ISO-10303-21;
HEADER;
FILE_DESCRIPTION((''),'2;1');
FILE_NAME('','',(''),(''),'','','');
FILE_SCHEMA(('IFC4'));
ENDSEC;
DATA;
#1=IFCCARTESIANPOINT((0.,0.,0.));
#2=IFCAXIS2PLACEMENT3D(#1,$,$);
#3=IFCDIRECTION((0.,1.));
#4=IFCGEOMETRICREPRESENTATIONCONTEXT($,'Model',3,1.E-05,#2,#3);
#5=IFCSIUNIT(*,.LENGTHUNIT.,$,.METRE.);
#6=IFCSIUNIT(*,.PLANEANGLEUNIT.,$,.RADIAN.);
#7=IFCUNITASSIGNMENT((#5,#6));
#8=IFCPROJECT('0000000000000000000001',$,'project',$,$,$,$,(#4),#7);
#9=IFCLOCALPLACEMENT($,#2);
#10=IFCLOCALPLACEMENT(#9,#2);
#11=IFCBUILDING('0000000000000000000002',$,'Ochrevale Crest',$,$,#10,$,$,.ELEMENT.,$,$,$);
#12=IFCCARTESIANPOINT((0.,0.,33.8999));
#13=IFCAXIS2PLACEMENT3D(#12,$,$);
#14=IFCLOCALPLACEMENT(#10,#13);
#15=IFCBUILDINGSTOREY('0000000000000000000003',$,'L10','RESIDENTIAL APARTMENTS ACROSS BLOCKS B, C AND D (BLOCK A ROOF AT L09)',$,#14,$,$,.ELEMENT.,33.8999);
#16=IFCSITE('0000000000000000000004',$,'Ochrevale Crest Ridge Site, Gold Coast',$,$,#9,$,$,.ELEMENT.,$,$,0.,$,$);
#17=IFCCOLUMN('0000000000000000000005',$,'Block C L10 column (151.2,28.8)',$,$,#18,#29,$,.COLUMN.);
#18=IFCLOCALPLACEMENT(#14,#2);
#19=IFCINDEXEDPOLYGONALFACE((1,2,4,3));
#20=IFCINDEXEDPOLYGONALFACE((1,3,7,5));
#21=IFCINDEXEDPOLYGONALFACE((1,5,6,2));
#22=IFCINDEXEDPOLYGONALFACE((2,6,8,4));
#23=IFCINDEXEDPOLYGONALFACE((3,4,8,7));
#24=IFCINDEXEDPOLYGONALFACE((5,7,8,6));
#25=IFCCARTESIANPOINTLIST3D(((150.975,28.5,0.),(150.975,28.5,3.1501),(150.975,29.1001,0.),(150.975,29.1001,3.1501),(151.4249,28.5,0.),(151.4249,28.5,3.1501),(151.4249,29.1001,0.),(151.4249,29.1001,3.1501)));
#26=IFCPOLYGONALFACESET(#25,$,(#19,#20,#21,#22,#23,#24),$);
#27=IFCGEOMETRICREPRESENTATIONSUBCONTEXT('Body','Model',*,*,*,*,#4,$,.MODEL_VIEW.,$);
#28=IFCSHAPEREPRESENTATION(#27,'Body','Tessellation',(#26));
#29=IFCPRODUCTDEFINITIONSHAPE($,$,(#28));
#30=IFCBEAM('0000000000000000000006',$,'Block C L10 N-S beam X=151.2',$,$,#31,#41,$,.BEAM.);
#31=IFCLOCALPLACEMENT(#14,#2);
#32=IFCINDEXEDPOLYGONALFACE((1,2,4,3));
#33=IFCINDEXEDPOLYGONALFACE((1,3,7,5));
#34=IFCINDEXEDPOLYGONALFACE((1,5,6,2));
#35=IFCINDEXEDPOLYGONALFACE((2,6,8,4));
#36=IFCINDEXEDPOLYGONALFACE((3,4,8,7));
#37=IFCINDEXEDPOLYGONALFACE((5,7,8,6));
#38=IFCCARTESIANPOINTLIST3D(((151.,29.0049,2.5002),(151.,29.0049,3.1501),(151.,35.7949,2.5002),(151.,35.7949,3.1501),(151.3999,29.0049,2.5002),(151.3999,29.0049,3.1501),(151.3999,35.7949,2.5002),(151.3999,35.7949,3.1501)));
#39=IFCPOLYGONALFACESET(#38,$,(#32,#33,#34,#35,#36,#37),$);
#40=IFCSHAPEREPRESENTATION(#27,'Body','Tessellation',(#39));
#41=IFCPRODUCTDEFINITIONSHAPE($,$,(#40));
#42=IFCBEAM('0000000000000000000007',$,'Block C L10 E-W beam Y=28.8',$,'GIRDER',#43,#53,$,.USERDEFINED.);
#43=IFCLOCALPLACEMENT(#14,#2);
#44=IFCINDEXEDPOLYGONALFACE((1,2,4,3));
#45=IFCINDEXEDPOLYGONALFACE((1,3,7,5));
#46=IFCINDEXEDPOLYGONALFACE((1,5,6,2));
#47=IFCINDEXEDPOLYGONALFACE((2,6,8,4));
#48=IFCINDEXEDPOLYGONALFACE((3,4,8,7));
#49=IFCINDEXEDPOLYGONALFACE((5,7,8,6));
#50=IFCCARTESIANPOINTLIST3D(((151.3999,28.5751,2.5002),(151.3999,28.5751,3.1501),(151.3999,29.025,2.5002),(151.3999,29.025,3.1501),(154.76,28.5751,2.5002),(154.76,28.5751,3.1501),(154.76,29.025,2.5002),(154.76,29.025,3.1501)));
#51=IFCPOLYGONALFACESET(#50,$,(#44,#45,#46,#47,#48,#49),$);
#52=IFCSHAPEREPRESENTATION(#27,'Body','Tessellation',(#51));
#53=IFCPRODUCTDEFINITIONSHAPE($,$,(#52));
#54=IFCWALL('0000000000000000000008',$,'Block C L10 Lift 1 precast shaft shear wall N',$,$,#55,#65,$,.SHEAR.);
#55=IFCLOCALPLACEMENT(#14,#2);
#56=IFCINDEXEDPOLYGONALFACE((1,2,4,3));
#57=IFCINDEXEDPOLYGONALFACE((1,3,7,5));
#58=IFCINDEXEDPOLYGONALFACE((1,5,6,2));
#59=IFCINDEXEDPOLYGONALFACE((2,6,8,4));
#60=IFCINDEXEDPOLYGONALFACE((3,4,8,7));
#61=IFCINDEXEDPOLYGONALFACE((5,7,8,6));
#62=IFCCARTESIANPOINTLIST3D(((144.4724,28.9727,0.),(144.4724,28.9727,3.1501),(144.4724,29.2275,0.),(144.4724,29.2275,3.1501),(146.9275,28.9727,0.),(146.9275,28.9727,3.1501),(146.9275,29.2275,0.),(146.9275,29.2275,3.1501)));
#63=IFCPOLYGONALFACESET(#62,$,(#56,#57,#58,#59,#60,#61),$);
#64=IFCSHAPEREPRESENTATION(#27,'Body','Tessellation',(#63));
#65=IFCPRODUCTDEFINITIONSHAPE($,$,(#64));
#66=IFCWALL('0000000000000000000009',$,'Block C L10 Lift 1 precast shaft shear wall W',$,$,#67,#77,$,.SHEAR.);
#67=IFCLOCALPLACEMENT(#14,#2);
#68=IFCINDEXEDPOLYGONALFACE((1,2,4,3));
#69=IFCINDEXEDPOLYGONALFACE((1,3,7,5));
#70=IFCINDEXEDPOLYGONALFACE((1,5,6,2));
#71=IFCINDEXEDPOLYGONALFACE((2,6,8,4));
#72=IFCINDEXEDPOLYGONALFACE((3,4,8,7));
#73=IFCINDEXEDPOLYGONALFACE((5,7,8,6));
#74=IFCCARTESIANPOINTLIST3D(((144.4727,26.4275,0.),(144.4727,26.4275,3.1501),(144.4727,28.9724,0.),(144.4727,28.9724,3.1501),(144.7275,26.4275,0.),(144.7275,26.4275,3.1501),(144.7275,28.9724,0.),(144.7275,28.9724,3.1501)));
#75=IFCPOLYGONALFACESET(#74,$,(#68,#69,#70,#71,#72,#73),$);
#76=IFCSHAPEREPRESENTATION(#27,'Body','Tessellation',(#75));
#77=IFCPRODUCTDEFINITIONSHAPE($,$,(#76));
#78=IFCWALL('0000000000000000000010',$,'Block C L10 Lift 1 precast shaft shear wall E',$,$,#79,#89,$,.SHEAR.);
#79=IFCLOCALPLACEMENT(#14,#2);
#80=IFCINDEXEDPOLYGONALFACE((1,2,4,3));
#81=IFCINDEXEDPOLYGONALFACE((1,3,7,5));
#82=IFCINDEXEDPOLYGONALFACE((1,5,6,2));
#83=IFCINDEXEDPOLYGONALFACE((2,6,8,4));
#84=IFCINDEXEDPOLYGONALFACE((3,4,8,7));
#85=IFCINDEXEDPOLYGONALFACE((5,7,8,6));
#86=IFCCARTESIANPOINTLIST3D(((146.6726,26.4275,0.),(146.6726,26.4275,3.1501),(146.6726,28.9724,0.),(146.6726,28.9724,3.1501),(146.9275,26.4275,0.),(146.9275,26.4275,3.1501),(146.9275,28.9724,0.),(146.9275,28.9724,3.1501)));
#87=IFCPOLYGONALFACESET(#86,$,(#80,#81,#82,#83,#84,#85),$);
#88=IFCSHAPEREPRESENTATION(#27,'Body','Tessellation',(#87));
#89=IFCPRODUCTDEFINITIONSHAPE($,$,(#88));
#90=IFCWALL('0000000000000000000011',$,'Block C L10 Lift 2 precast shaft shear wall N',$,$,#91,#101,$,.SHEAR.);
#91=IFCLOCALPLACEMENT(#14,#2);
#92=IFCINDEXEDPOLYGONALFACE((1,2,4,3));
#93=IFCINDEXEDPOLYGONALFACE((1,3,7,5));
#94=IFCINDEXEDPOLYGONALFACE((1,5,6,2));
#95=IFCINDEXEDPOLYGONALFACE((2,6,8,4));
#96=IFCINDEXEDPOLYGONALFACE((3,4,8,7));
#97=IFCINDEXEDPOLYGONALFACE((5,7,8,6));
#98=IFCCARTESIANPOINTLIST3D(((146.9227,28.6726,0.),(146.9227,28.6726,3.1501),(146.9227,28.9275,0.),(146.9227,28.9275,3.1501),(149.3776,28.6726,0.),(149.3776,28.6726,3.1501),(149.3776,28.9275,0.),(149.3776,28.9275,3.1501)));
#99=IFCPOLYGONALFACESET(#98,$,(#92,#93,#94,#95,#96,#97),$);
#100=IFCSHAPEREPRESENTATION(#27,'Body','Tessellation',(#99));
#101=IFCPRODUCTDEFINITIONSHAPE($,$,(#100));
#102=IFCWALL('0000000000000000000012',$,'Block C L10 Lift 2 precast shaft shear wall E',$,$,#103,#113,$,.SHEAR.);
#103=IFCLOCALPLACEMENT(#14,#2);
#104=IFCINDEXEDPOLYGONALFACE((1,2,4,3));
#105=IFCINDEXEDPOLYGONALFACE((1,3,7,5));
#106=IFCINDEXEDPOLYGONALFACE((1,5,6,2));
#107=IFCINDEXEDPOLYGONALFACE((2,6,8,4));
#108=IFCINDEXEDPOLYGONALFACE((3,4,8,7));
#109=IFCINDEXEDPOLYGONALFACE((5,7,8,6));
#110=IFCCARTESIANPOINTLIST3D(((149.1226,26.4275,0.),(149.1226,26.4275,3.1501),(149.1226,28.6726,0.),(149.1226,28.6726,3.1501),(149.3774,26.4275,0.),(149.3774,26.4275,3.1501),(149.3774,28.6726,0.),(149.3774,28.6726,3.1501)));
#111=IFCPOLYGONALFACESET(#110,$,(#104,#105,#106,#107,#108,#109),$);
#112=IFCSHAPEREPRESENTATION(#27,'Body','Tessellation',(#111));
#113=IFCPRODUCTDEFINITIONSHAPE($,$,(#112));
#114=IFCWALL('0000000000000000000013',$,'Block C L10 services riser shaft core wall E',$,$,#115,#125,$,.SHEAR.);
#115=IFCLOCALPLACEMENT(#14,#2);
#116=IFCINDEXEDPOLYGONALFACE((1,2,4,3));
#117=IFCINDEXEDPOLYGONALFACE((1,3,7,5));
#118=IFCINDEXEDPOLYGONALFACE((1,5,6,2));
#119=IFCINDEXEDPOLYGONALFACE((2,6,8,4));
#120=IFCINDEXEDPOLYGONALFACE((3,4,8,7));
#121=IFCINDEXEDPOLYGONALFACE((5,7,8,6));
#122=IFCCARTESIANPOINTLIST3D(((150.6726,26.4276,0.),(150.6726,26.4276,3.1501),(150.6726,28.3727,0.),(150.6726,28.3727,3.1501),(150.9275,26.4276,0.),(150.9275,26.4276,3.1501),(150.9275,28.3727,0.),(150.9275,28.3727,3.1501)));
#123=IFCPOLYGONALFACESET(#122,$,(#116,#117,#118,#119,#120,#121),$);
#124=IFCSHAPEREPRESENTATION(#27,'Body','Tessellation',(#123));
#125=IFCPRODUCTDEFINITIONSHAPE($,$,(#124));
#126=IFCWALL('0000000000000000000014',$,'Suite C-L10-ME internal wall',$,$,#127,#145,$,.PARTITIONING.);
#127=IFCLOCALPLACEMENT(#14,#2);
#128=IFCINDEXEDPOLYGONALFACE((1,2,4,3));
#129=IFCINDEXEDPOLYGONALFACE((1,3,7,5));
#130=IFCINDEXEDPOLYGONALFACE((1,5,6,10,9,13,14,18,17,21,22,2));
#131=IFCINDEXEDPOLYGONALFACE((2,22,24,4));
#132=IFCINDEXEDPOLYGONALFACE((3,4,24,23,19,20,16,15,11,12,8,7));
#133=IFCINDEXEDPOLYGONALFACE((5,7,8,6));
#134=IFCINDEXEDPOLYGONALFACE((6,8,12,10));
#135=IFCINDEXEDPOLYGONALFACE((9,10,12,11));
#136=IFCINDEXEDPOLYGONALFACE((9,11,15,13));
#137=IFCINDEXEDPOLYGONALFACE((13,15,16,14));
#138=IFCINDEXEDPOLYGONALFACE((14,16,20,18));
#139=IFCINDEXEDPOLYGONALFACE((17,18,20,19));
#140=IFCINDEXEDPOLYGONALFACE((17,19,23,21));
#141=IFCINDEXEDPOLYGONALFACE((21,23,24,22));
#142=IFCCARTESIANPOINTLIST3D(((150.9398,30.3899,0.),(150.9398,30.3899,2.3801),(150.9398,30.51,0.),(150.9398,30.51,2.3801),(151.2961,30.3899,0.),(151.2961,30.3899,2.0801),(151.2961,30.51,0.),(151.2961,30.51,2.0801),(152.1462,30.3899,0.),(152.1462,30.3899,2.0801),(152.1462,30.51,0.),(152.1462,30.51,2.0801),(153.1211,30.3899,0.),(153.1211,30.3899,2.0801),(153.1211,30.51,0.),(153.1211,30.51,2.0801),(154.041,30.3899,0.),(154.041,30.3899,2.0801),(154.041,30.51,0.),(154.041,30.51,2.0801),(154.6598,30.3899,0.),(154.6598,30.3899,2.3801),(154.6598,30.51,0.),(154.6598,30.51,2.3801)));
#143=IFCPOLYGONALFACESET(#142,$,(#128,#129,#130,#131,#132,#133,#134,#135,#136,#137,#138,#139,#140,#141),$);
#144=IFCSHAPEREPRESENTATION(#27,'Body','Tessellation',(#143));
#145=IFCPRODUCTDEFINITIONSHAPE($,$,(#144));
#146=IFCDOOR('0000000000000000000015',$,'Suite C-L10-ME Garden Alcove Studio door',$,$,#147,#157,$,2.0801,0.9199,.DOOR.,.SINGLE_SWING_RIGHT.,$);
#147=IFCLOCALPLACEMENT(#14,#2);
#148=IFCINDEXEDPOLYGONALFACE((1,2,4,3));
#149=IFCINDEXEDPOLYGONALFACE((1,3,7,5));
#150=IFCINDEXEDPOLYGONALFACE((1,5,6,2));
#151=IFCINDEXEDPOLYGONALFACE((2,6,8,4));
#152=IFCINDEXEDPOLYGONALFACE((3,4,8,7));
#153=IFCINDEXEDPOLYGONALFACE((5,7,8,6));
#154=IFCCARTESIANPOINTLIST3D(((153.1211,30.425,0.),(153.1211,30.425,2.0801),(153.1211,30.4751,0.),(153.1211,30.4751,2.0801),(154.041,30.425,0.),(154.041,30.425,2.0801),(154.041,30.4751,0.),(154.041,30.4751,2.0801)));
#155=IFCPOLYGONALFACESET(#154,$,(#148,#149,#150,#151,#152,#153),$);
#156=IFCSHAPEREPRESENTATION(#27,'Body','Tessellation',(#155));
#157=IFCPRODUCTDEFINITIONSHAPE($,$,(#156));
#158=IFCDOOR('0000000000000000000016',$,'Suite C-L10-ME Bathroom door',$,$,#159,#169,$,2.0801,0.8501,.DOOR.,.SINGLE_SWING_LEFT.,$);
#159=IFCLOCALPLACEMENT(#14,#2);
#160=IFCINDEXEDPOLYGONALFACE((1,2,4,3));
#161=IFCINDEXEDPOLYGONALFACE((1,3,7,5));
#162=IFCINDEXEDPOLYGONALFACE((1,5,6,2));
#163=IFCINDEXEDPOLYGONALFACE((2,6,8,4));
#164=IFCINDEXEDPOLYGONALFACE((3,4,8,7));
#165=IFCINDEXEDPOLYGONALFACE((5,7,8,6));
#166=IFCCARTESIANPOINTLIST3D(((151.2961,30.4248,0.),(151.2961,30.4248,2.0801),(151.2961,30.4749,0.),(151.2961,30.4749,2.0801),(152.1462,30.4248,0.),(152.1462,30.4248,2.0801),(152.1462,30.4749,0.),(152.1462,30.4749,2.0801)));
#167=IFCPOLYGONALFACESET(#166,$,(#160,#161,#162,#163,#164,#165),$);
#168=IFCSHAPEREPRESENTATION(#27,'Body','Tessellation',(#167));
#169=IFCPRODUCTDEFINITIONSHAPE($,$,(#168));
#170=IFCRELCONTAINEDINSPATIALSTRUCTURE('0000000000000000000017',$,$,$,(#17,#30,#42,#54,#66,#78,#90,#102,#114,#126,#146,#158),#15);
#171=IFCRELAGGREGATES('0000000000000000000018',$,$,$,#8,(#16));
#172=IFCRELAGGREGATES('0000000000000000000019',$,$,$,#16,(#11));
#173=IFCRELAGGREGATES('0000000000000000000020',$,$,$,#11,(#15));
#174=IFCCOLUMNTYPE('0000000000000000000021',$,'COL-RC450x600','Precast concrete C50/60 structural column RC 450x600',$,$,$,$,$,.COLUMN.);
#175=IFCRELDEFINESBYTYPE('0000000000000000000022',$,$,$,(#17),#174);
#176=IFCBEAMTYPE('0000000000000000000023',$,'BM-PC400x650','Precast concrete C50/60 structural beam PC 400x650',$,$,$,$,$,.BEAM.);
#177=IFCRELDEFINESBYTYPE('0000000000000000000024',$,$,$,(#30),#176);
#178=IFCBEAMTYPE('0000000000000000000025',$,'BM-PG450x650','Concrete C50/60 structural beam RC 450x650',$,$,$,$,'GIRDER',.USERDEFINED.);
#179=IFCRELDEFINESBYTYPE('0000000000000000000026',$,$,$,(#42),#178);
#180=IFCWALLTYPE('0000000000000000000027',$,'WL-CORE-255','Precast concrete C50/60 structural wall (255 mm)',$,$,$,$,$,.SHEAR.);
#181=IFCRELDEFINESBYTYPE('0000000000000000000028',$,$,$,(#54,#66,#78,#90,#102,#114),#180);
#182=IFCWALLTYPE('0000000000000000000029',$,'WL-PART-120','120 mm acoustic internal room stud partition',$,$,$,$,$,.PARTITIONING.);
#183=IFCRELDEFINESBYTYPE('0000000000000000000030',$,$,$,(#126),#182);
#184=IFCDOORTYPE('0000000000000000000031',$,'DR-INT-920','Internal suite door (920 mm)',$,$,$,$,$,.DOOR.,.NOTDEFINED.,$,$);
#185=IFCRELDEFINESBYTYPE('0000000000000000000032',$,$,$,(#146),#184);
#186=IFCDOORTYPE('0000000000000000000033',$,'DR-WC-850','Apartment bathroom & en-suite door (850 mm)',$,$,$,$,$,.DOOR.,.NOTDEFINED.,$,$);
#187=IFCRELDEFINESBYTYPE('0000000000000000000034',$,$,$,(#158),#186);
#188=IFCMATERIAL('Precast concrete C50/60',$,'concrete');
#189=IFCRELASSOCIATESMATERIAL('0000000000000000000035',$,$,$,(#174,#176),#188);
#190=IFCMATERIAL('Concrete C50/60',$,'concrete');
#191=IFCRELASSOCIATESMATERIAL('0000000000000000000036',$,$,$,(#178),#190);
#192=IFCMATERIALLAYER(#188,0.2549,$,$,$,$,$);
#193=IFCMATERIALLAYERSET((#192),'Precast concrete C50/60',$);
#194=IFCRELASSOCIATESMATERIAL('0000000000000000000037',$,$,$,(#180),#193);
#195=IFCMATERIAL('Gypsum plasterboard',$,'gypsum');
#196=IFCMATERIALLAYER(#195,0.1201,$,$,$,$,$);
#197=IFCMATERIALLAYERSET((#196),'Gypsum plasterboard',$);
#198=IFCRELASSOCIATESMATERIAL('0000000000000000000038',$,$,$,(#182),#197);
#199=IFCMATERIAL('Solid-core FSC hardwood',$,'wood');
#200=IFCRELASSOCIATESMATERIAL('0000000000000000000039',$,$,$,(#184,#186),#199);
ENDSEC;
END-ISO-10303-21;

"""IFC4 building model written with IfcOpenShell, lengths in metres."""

from ifc_helpers import new_model, si_unit, direction, frame, frame_2d, origin, origin_2d, place, context, subcontext, project, spatial, rectangle, extrude, material, layer, layer_set, material_profile, profile_set, type_object, element, fill, save


model = new_model("IFC4")

# Units and contexts
model_context = context("Model", 3, precision=1e-05, world=origin(), true_north=direction((0.0, 1.0)))
body_context = subcontext(model_context, "Body", "Model", "MODEL_VIEW")
ifc_project = project(units=[si_unit("LENGTHUNIT", "METRE"), si_unit("PLANEANGLEUNIT", "RADIAN")], contexts=[model_context])

# Site, building, storey
site_placement = place(None, origin())
site = spatial("IfcSite", under=ifc_project, at=site_placement, Name="Ochrevale Crest Ridge Site, Gold Coast", CompositionType="ELEMENT", RefElevation=0.0)
building_placement = place(site_placement, origin())
building = spatial("IfcBuilding", under=site, at=building_placement, Name="Ochrevale Crest", CompositionType="ELEMENT")
storey_placement = place(building_placement, frame((0.0, 0.0, 33.8999)))
storey = spatial("IfcBuildingStorey", under=building, at=storey_placement, Name="L10", Description="RESIDENTIAL APARTMENTS ACROSS BLOCKS B, C AND D (BLOCK A ROOF AT L09)", CompositionType="ELEMENT", Elevation=33.8999)

# Column
ifc_material_1 = material(Name="Precast concrete C50/60", Category="concrete")
ifc_material_profile_1 = material_profile(ifc_material_1, rectangle(XDim=0.45, YDim=0.6001, at=origin_2d()), Name="RC 450x600")
ifc_profile_set_1 = profile_set([ifc_material_profile_1], Name="Precast concrete C50/60")
column_type = type_object("IfcColumnType", Name="COL-RC450x600", Description="Precast concrete C50/60 structural column RC 450x600", PredefinedType="COLUMN", material=ifc_profile_set_1)
column_placement = place(storey_placement, frame((151.2, 28.8, 0.0), z_axis=(0.0, 0.0, 1.0), x_axis=(1.0, 0.0, 0.0)))
element("IfcColumn", 1, at=column_placement, inside=storey, type_object=column_type, Name="Block C L10 column (151.2,28.8)", PredefinedType="COLUMN", context=body_context, shape_type="SweptSolid", body=[
    extrude(rectangle(XDim=0.45, YDim=0.6001, at=origin_2d()), origin(), (0.0, 0.0, 1.0), 3.1501),
])

# Beams
ifc_material_profile_2 = material_profile(ifc_material_1, rectangle(XDim=0.3999, YDim=0.6499, at=origin_2d()), Name="PC 400x650")
ifc_profile_set_2 = profile_set([ifc_material_profile_2], Name="Precast concrete C50/60")
beam_type_1 = type_object("IfcBeamType", Name="BM-PC400x650", Description="Precast concrete C50/60 structural beam PC 400x650", PredefinedType="BEAM", material=ifc_profile_set_2)
beam_1_placement = place(storey_placement, frame((151.2, 29.0049, 2.8252), z_axis=(0.0, 1.0, 0.0), x_axis=(-1.0, 0.0, 0.0)))
element("IfcBeam", 2, at=beam_1_placement, inside=storey, type_object=beam_type_1, Name="Block C L10 N-S beam X=151.2", PredefinedType="BEAM", context=body_context, shape_type="SweptSolid", body=[
    extrude(rectangle(XDim=0.3999, YDim=0.6499, at=origin_2d()), origin(), (0.0, 0.0, 1.0), 6.79),
])
ifc_material_2 = material(Name="Concrete C50/60", Category="concrete")
ifc_material_profile_3 = material_profile(ifc_material_2, rectangle(XDim=0.45, YDim=0.6499, at=origin_2d()), Name="RC 450x650")
ifc_profile_set_3 = profile_set([ifc_material_profile_3], Name="Concrete C50/60")
beam_type_2 = type_object("IfcBeamType", Name="BM-PG450x650", Description="Concrete C50/60 structural beam RC 450x650", ElementType="GIRDER", PredefinedType="USERDEFINED", material=ifc_profile_set_3)
beam_2_placement = place(storey_placement, frame((151.3999, 28.8, 2.8252), z_axis=(1.0, 0.0, 0.0), x_axis=(0.0, 1.0, 0.0)))
element("IfcBeam", 3, at=beam_2_placement, inside=storey, type_object=beam_type_2, Name="Block C L10 E-W beam Y=28.8", ObjectType="GIRDER", PredefinedType="USERDEFINED", context=body_context, shape_type="SweptSolid", body=[
    extrude(rectangle(XDim=0.45, YDim=0.6499, at=origin_2d()), origin(), (0.0, 0.0, 1.0), 3.3601),
])

# Shared definitions
ifc_layer_1 = layer(ifc_material_1, 0.2549)
ifc_layer_set_1 = layer_set([ifc_layer_1], Name="Precast concrete C50/60")
wall_type_1 = type_object("IfcWallType", Name="WL-CORE-255", Description="Precast concrete C50/60 structural wall (255 mm)", PredefinedType="SHEAR", material=ifc_layer_set_1)
ifc_material_3 = material(Name="Solid-core FSC hardwood", Category="wood")

# Walls
wall_1_placement = place(storey_placement, frame((144.4724, 29.1001, 0.0), z_axis=(0.0, 0.0, 1.0), x_axis=(1.0, 0.0, 0.0)))
element("IfcWall", 4, at=wall_1_placement, inside=storey, type_object=wall_type_1, Name="Block C L10 Lift 1 precast shaft shear wall N", PredefinedType="SHEAR", context=body_context, shape_type="SweptSolid", body=[
    extrude(rectangle(XDim=2.4551, YDim=0.2549, at=frame_2d((1.2275, 0.0))), origin(), (0.0, 0.0, 1.0), 3.1501),
])
for number, where, z_axis, x_axis, name in (
    (5, (144.6001, 26.4275, 0.0), (0.0, 0.0, 1.0), (0.0, 1.0, 0.0), "Block C L10 Lift 1 precast shaft shear wall W"),
    (6, (146.8, 26.4275, 0.0), (0.0, 0.0, 1.0), (0.0, 1.0, 0.0), "Block C L10 Lift 1 precast shaft shear wall E"),
):
    element("IfcWall", number, at=place(storey_placement, frame(where, z_axis=z_axis, x_axis=x_axis)), inside=storey, type_object=wall_type_1, Name=name, PredefinedType="SHEAR", context=body_context, shape_type="SweptSolid", body=[
        extrude(rectangle(XDim=2.5449, YDim=0.2549, at=frame_2d((1.2725, 0.0))), origin(), (0.0, 0.0, 1.0), 3.1501),
    ])

# Walls
wall_2_placement = place(storey_placement, frame((146.9226, 28.8, 0.0), z_axis=(0.0, 0.0, 1.0), x_axis=(1.0, 0.0, 0.0)))
element("IfcWall", 7, at=wall_2_placement, inside=storey, type_object=wall_type_1, Name="Block C L10 Lift 2 precast shaft shear wall N", PredefinedType="SHEAR", context=body_context, shape_type="SweptSolid", body=[
    extrude(rectangle(XDim=2.4548, YDim=0.2549, at=frame_2d((1.2275, 0.0))), origin(), (0.0, 0.0, 1.0), 3.1501),
])
wall_3_placement = place(storey_placement, frame((149.25, 26.4275, 0.0), z_axis=(0.0, 0.0, 1.0), x_axis=(0.0, 1.0, 0.0)))
element("IfcWall", 8, at=wall_3_placement, inside=storey, type_object=wall_type_1, Name="Block C L10 Lift 2 precast shaft shear wall E", PredefinedType="SHEAR", context=body_context, shape_type="SweptSolid", body=[
    extrude(rectangle(XDim=2.2451, YDim=0.2549, at=frame_2d((1.1226, 0.0))), origin(), (0.0, 0.0, 1.0), 3.1501),
])
wall_4_placement = place(storey_placement, frame((150.8, 26.4275, 0.0), z_axis=(0.0, 0.0, 1.0), x_axis=(0.0, 1.0, 0.0)))
element("IfcWall", 9, at=wall_4_placement, inside=storey, type_object=wall_type_1, Name="Block C L10 services riser shaft core wall E", PredefinedType="SHEAR", context=body_context, shape_type="SweptSolid", body=[
    extrude(rectangle(XDim=1.9451, YDim=0.2549, at=frame_2d((0.9727, 0.0))), origin(), (0.0, 0.0, 1.0), 3.1501),
])

# Wall, openings, doors
ifc_material_4 = material(Name="Gypsum plasterboard", Category="gypsum")
ifc_layer_2 = layer(ifc_material_4, 0.1201)
ifc_layer_set_2 = layer_set([ifc_layer_2], Name="Gypsum plasterboard")
wall_type_2 = type_object("IfcWallType", Name="WL-PART-120", Description="120 mm acoustic internal room stud partition", PredefinedType="PARTITIONING", material=ifc_layer_set_2)
wall_5_placement = place(storey_placement, frame((150.9399, 30.45, 0.0), z_axis=(0.0, 0.0, 1.0), x_axis=(1.0, 0.0, 0.0)))
wall_5 = element("IfcWall", 10, at=wall_5_placement, inside=storey, type_object=wall_type_2, Name="Suite C-L10-ME internal wall", PredefinedType="PARTITIONING", context=body_context, shape_type="SweptSolid", body=[
    extrude(rectangle(XDim=3.72, YDim=0.1201, at=frame_2d((1.8599, 0.0))), origin(), (0.0, 0.0, 1.0), 2.3801),
])
opening_1_placement = place(wall_5_placement, frame((0.3562, 0.0, 0.0)))
opening_1 = element("IfcOpeningElement", 11, at=opening_1_placement, cuts=wall_5, PredefinedType="OPENING", context=body_context, shape_type="SweptSolid", body=[
    extrude(rectangle(XDim=0.8501, YDim=2.0801, at=frame_2d((0.425, 1.04))), frame((0.0, 0.0701, 0.0), z_axis=(0.0, -1.0, 0.0), x_axis=(1.0, 0.0, 0.0)), (0.0, 0.0, 1.0), 0.1401),
])
opening_2_placement = place(wall_5_placement, frame((3.1011, 0.0, 0.0), z_axis=(0.0, 0.0, 1.0), x_axis=(-1.0, 0.0, 0.0)))
opening_2 = element("IfcOpeningElement", 12, at=opening_2_placement, cuts=wall_5, PredefinedType="OPENING", context=body_context, shape_type="SweptSolid", body=[
    extrude(rectangle(XDim=0.9199, YDim=2.0801, at=frame_2d((0.46, 1.04))), frame((0.0, 0.0701, 0.0), z_axis=(0.0, -1.0, 0.0), x_axis=(1.0, 0.0, 0.0)), (0.0, 0.0, 1.0), 0.1401),
])
door_type_1 = type_object("IfcDoorType", Name="DR-INT-920", Description="Internal suite door (920 mm)", OperationType="NOTDEFINED", PredefinedType="DOOR", material=ifc_material_3)
door_1_placement = place(opening_2_placement, origin())
door_1 = element("IfcDoor", 13, at=door_1_placement, inside=storey, type_object=door_type_1, Name="Suite C-L10-ME Garden Alcove Studio door", OperationType="SINGLE_SWING_RIGHT", OverallHeight=2.0801, OverallWidth=0.9199, PredefinedType="DOOR", context=body_context, shape_type="SweptSolid", body=[
    extrude(rectangle(XDim=0.9199, YDim=2.0801, at=frame_2d((0.46, 1.04))), frame((0.0, 0.0249, 0.0), z_axis=(0.0, -1.0, 0.0), x_axis=(1.0, 0.0, 0.0)), (0.0, 0.0, 1.0), 0.05),
])
fill(opening_2, door_1)
door_type_2 = type_object("IfcDoorType", Name="DR-WC-850", Description="Apartment bathroom & en-suite door (850 mm)", OperationType="NOTDEFINED", PredefinedType="DOOR", material=ifc_material_3)
door_2_placement = place(opening_1_placement, origin())
door_2 = element("IfcDoor", 14, at=door_2_placement, inside=storey, type_object=door_type_2, Name="Suite C-L10-ME Bathroom door", OperationType="SINGLE_SWING_LEFT", OverallHeight=2.0801, OverallWidth=0.8501, PredefinedType="DOOR", context=body_context, shape_type="SweptSolid", body=[
    extrude(rectangle(XDim=0.8501, YDim=2.0801, at=frame_2d((0.425, 1.04))), frame((0.0, 0.0249, 0.0), z_axis=(0.0, -1.0, 0.0), x_axis=(1.0, 0.0, 0.0)), (0.0, 0.0, 1.0), 0.05),
])
fill(opening_1, door_2)

save(model, "model.ifc")
